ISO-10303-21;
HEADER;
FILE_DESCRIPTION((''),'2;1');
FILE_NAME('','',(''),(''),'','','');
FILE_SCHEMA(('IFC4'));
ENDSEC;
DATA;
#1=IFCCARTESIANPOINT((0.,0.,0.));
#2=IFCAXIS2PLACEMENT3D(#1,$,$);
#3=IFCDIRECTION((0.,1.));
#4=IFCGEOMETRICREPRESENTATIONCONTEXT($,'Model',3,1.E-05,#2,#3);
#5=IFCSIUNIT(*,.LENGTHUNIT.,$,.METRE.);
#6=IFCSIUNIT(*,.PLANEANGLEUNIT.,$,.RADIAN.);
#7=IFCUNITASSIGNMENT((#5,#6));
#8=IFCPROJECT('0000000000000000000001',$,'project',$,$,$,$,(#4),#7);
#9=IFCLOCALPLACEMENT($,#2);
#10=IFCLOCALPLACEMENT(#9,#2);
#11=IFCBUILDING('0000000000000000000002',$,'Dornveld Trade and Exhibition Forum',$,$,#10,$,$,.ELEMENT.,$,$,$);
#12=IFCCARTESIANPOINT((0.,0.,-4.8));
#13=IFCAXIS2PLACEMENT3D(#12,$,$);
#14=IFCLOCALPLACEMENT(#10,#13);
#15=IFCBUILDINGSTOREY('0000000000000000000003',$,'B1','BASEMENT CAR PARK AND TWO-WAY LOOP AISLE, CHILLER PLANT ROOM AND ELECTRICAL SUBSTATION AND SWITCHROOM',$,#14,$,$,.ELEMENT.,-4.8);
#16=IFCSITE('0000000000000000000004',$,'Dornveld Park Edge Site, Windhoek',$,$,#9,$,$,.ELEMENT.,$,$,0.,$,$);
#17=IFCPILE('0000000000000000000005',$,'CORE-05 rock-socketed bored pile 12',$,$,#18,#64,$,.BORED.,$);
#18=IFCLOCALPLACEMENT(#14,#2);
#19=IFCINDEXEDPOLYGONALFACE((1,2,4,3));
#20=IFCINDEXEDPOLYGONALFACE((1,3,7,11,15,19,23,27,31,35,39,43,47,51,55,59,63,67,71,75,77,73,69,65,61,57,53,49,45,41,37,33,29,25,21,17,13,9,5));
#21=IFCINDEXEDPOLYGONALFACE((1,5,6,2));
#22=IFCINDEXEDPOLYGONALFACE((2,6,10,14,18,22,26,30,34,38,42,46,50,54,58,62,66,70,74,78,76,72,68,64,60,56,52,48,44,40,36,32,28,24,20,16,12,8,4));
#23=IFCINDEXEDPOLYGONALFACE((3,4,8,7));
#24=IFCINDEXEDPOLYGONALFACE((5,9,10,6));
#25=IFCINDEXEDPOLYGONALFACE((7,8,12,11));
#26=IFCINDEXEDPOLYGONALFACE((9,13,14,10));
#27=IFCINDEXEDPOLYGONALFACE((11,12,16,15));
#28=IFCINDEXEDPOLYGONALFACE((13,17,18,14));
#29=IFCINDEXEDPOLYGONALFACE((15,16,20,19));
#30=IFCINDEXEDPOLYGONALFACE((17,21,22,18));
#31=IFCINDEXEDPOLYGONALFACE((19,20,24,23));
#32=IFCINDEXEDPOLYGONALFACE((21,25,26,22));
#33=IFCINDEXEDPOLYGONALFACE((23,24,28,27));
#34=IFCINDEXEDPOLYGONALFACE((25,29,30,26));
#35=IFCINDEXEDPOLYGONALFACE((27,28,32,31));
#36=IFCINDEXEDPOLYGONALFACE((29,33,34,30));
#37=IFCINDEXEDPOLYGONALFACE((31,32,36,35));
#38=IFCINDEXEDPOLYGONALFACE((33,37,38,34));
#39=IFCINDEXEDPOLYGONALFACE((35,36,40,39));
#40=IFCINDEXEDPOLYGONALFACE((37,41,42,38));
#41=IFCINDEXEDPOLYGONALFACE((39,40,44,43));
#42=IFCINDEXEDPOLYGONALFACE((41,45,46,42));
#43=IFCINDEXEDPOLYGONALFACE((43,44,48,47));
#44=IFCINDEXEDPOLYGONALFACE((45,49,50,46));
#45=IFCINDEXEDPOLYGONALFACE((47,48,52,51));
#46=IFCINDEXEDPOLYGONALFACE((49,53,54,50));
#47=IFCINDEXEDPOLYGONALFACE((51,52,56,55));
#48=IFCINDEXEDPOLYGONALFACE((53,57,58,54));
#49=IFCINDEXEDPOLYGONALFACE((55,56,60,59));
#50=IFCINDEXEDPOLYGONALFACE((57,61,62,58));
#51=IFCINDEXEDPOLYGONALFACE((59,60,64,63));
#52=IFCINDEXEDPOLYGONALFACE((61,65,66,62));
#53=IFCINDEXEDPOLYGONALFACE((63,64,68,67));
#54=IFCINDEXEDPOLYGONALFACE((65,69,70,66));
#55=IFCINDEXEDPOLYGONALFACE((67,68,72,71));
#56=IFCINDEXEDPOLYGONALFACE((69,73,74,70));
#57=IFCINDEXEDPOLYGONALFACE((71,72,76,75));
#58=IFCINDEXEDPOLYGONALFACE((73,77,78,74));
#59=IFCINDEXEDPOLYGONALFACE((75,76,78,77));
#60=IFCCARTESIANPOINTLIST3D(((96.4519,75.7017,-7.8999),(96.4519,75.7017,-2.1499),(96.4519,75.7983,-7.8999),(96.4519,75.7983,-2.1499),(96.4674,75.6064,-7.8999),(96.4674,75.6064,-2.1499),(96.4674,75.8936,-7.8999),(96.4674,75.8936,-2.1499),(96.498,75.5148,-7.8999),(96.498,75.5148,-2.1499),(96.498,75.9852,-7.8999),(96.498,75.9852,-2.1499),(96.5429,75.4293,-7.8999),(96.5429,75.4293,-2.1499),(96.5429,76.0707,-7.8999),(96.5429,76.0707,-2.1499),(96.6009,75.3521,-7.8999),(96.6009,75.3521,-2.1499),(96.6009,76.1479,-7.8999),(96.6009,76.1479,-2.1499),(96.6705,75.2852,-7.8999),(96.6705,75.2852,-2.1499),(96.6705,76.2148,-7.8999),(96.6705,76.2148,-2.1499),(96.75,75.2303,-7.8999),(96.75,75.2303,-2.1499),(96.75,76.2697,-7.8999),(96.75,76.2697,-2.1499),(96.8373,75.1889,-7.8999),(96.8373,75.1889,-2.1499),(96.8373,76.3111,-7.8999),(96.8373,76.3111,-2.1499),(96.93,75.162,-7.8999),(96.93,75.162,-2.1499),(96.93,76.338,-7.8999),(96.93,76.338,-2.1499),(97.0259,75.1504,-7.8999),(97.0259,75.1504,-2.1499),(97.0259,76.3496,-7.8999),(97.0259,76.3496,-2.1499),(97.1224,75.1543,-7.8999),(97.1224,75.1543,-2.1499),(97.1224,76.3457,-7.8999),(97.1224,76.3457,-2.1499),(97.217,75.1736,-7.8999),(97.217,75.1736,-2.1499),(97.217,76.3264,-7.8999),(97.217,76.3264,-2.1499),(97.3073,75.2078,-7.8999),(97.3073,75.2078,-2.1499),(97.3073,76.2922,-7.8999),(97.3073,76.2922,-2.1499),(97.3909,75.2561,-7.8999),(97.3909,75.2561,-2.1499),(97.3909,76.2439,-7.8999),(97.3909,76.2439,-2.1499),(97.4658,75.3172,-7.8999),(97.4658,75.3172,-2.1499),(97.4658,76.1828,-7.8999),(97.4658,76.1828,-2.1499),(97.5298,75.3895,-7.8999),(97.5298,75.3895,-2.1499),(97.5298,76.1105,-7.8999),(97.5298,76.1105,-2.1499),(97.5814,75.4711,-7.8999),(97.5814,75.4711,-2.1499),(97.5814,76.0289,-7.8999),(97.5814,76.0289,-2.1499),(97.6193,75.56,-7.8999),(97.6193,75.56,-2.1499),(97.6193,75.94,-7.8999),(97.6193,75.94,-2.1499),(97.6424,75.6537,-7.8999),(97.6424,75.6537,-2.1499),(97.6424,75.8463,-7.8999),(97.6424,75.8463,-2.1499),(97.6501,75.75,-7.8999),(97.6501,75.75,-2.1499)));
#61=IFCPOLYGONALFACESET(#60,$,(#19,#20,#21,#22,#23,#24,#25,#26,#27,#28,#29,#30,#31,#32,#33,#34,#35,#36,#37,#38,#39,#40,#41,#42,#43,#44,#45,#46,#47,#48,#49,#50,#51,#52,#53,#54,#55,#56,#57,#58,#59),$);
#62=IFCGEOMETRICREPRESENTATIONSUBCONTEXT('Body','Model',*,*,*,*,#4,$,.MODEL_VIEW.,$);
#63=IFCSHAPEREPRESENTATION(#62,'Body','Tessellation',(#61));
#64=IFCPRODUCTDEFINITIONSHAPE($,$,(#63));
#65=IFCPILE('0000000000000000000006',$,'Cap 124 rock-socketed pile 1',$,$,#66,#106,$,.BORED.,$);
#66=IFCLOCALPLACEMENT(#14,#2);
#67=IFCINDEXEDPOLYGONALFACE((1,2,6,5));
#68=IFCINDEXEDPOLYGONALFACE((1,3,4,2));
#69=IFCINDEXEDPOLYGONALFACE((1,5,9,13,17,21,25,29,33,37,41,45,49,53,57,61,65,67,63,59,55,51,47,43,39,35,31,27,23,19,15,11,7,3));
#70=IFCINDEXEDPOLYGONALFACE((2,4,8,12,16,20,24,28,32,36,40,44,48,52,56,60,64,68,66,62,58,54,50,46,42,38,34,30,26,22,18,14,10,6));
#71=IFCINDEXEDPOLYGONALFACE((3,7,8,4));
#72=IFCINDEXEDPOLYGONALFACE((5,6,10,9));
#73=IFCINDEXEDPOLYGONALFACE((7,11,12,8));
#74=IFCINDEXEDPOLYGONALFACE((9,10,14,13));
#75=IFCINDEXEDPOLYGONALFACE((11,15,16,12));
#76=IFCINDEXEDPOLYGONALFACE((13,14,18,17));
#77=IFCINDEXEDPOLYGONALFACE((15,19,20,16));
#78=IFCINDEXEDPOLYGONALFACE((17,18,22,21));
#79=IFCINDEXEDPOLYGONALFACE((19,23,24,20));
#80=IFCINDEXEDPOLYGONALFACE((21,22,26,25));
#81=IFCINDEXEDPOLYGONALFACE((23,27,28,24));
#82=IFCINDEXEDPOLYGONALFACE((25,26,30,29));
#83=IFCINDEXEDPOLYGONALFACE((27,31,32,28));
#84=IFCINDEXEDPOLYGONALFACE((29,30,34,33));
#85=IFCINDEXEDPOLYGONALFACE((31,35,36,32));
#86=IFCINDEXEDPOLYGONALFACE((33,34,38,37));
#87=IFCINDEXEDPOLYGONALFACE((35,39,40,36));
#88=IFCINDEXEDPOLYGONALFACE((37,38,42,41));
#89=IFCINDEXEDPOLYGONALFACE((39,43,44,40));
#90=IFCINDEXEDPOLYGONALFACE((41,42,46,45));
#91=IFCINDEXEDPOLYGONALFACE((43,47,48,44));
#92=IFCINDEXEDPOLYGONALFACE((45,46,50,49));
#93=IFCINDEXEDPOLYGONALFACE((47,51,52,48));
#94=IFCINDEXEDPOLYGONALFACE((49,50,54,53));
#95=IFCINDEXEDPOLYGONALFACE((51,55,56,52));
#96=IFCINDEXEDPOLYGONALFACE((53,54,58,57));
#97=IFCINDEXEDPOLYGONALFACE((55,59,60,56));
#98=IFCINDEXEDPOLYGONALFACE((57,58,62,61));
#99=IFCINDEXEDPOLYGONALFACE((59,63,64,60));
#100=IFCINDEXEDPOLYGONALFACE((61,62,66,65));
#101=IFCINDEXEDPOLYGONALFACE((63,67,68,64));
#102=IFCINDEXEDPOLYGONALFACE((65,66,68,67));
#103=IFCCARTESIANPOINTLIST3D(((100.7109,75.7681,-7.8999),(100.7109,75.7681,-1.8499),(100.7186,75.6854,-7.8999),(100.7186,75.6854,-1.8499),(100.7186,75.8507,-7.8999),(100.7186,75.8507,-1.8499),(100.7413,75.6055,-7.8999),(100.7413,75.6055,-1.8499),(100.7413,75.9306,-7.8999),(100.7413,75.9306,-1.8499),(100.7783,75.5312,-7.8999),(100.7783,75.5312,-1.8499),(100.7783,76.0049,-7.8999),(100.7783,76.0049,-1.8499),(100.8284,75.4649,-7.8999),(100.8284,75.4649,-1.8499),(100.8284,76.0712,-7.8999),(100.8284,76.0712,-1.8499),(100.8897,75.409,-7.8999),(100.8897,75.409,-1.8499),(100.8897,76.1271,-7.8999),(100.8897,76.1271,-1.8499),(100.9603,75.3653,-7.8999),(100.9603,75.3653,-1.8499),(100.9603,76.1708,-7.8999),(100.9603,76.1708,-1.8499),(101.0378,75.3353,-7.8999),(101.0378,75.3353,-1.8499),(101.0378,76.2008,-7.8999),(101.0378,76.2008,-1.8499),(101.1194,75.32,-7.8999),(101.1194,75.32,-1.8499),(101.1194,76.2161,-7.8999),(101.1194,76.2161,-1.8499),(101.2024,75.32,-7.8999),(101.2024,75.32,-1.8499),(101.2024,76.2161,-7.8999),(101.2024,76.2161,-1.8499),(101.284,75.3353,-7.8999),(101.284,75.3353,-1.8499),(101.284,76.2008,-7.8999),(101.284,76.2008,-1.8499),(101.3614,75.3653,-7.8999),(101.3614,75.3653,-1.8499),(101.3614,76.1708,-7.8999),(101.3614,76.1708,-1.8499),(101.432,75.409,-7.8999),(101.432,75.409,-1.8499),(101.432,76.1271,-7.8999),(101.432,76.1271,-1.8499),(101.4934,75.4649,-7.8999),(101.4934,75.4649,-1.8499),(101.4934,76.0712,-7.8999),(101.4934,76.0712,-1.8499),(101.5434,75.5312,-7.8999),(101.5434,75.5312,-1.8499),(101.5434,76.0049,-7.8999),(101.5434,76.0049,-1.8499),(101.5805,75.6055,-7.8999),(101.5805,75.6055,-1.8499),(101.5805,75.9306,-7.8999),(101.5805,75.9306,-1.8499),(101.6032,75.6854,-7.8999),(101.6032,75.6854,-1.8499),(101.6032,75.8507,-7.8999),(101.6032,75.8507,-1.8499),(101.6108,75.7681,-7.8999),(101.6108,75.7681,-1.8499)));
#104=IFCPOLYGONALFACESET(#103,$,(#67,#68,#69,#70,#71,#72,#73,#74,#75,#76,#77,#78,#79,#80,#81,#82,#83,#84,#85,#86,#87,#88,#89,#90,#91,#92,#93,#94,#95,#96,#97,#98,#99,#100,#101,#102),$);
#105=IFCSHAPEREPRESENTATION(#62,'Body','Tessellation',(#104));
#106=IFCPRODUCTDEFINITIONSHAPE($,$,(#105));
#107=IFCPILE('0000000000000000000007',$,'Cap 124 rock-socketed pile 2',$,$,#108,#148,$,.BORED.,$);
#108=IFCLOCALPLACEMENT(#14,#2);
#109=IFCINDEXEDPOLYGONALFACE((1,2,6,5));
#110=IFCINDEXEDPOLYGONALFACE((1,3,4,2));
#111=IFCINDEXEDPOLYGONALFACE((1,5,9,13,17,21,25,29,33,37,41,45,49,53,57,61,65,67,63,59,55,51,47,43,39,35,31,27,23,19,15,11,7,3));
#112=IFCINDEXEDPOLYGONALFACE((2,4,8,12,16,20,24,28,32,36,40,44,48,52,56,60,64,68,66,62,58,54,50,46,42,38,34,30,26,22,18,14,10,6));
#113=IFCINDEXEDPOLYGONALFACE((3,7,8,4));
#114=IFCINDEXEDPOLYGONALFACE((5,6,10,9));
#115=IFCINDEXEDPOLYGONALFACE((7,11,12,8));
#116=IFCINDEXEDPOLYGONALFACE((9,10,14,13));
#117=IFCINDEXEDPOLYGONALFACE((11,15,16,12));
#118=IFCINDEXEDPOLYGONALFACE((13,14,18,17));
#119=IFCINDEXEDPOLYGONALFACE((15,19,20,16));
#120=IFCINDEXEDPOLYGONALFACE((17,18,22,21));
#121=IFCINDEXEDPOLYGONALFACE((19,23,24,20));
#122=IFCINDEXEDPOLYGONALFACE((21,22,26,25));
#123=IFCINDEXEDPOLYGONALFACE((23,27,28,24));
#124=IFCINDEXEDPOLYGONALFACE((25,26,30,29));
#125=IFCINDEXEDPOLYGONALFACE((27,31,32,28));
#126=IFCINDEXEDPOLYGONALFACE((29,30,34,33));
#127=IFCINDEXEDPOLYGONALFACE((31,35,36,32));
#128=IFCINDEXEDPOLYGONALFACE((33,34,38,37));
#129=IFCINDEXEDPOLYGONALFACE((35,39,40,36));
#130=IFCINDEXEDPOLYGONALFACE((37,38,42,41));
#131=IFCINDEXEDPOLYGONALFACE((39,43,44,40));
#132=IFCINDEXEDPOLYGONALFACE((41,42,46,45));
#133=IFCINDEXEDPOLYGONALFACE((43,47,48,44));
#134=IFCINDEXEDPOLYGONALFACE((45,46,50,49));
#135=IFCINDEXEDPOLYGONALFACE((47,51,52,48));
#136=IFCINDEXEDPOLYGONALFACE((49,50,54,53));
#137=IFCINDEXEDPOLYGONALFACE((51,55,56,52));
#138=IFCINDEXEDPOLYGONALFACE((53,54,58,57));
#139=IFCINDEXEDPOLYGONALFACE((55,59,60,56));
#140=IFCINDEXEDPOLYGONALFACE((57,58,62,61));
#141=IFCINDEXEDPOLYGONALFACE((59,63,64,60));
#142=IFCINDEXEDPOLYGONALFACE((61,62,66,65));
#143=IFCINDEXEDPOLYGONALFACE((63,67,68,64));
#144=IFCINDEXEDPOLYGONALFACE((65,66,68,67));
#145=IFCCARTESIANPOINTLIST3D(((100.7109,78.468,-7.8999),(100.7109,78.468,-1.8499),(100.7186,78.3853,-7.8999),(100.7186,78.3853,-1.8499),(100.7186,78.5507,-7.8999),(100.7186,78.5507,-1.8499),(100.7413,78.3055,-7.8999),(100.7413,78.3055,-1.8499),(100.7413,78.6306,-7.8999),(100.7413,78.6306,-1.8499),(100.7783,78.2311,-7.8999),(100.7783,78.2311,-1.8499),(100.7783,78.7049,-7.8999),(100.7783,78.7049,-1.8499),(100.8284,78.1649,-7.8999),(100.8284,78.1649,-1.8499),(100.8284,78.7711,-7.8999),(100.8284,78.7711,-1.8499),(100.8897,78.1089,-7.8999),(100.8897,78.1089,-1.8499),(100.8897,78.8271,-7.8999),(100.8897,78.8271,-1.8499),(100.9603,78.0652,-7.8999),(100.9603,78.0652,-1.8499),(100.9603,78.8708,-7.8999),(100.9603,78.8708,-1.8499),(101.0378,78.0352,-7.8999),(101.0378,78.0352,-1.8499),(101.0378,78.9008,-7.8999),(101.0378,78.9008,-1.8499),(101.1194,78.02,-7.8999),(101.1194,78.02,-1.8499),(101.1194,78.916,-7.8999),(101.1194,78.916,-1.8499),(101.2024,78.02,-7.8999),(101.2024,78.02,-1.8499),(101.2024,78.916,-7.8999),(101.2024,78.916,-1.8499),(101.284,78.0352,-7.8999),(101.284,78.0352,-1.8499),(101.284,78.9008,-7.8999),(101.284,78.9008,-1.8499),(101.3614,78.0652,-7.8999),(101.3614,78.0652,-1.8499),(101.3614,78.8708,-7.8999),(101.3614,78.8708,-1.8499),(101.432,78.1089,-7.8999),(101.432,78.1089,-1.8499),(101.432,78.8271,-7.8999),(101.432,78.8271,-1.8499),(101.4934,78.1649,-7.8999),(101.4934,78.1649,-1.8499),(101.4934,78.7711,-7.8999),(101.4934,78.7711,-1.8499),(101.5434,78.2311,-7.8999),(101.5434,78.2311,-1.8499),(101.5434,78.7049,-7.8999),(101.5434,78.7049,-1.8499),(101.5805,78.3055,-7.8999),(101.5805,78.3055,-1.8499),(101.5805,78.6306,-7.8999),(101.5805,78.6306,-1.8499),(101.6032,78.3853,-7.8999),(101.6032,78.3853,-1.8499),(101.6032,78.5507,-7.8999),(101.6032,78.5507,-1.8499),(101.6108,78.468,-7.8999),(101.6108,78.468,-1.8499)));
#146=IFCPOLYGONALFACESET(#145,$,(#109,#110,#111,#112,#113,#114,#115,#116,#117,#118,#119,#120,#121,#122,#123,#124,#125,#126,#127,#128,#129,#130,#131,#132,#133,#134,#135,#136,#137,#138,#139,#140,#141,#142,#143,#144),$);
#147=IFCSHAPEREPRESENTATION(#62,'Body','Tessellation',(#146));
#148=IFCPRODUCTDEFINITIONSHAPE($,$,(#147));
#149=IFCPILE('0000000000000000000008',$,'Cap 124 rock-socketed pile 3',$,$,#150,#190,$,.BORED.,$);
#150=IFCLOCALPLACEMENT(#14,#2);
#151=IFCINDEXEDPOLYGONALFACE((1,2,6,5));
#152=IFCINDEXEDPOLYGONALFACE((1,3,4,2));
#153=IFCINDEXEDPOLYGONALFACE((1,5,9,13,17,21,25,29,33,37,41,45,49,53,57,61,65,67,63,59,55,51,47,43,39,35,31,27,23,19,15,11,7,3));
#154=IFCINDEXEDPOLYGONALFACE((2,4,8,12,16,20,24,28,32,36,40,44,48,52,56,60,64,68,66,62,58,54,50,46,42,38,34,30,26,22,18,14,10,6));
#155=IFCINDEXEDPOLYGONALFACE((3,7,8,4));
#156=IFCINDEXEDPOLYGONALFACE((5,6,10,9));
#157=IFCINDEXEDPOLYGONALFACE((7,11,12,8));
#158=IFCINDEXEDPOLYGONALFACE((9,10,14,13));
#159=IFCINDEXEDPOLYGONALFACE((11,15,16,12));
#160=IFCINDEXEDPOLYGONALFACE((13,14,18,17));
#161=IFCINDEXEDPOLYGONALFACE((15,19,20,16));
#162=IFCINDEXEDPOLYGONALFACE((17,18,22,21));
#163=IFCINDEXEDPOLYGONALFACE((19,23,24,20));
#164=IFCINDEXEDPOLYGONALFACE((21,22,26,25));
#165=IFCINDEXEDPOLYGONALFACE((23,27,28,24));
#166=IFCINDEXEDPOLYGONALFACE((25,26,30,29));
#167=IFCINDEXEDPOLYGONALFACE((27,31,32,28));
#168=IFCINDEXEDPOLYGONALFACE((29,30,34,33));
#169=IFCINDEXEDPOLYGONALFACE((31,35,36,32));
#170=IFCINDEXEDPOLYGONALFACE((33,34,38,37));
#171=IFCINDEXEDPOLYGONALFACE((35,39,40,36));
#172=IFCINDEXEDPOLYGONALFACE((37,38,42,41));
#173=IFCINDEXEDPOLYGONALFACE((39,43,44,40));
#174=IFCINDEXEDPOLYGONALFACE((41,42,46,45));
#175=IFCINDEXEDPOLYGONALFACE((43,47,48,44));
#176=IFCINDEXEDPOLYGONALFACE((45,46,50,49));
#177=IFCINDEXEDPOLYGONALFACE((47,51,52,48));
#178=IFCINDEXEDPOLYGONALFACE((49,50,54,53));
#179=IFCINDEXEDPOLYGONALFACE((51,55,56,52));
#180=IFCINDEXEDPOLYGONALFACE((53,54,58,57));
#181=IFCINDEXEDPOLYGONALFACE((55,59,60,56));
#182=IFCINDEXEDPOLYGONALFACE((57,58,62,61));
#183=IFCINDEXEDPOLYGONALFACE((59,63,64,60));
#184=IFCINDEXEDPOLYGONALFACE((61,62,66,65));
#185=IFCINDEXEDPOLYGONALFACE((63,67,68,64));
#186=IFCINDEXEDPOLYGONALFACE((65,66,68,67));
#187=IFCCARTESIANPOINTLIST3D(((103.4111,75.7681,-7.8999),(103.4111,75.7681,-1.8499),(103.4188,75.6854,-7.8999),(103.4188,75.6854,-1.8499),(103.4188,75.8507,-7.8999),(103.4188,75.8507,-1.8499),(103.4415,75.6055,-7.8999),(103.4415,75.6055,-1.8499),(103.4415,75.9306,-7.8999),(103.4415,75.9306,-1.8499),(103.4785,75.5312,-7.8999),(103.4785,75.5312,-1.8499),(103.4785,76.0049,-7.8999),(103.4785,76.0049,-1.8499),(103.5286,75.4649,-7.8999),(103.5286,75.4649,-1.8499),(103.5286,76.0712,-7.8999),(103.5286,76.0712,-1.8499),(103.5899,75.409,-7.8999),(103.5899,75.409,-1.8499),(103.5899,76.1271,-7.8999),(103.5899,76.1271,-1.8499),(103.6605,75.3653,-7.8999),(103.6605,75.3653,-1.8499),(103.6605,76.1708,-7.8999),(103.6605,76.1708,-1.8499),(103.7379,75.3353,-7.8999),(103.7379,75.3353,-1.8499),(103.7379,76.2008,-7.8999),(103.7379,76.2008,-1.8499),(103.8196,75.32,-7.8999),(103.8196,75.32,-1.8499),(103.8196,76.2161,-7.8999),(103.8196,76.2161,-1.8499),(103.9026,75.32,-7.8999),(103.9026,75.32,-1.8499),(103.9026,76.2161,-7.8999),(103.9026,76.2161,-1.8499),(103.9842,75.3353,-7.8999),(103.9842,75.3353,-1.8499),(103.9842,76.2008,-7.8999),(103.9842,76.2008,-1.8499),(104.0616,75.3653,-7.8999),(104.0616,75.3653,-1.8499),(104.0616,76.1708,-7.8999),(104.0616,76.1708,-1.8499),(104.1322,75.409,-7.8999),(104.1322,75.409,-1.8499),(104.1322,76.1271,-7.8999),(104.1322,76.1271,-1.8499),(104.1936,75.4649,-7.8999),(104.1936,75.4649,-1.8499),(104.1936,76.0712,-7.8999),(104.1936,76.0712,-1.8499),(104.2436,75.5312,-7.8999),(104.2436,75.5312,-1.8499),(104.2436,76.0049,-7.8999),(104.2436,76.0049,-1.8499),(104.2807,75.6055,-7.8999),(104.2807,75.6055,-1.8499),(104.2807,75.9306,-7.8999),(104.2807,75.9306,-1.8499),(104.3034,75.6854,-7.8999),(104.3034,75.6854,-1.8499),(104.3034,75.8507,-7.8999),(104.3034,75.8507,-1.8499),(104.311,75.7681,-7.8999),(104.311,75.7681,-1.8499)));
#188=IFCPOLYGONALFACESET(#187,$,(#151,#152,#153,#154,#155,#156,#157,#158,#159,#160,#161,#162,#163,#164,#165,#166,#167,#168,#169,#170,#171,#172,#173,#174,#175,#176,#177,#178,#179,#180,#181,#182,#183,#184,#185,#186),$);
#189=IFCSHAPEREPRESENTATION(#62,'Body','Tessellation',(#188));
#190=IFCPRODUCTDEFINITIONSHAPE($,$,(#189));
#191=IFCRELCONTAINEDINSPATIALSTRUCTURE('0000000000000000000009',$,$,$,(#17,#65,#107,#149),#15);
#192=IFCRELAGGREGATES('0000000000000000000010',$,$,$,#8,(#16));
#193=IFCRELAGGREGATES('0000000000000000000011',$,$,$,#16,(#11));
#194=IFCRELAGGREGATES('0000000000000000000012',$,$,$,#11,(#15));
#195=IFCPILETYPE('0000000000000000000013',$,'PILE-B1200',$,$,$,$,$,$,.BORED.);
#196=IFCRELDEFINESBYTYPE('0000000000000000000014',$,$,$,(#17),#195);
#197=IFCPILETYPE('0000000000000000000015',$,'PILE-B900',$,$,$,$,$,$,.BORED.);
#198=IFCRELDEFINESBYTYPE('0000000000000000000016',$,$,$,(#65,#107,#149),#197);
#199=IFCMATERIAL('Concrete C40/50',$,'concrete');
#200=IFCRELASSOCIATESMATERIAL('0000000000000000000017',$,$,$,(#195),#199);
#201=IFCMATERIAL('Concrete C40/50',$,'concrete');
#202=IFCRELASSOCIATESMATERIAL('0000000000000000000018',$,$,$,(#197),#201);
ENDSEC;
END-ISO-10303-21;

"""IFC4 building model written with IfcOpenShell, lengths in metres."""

from ifc_helpers import new_model, si_unit, direction, frame, origin, origin_2d, place, context, subcontext, project, spatial, circle, extrude, material, material_profile, profile_set, type_object, element, save


model = new_model("IFC4")

# Units and contexts
model_context = context("Model", 3, precision=1e-05, world=origin(), true_north=direction((0.0, 1.0)))
body_context = subcontext(model_context, "Body", "Model", "MODEL_VIEW")
ifc_project = project(units=[si_unit("LENGTHUNIT", "METRE"), si_unit("PLANEANGLEUNIT", "RADIAN")], contexts=[model_context])

# Site, building, storey
site_placement = place(None, origin())
site = spatial("IfcSite", under=ifc_project, at=site_placement, Name="Dornveld Park Edge Site, Windhoek", CompositionType="ELEMENT", RefElevation=0.0)
building_placement = place(site_placement, origin())
building = spatial("IfcBuilding", under=site, at=building_placement, Name="Dornveld Trade and Exhibition Forum", CompositionType="ELEMENT")
storey_placement = place(building_placement, frame((0.0, 0.0, -4.8)))
storey = spatial("IfcBuildingStorey", under=building, at=storey_placement, Name="B1", Description="BASEMENT CAR PARK AND TWO-WAY LOOP AISLE, CHILLER PLANT ROOM AND ELECTRICAL SUBSTATION AND SWITCHROOM", CompositionType="ELEMENT", Elevation=-4.8)

# Piles
ifc_material_1 = material(Name="Concrete C40/50", Category="concrete")
ifc_material_profile_1 = material_profile(ifc_material_1, circle(Radius=0.6001, at=origin_2d()), Name="PILE D1200")
ifc_profile_set_1 = profile_set([ifc_material_profile_1], Name="Concrete C40/50")
pile_type_1 = type_object("IfcPileType", Name="PILE-B1200", PredefinedType="BORED", material=ifc_profile_set_1)
for number, where, z_axis, x_axis, name in (
    (1, (97.05, 75.75, -2.1499), (0.0, 0.0, -1.0), (1.0, 0.0, 0.0), "CORE-05 rock-socketed bored pile 12"),
):
    element("IfcPile", number, at=place(storey_placement, frame(where, z_axis=z_axis, x_axis=x_axis)), inside=storey, type_object=pile_type_1, Name=name, PredefinedType="BORED", context=body_context, shape_type="SweptSolid", body=[
        extrude(circle(Radius=0.6001, at=origin_2d()), origin(), (0.0, 0.0, 1.0), 5.75),
    ])
ifc_material_2 = material(Name="Concrete C40/50", Category="concrete")
ifc_material_profile_2 = material_profile(ifc_material_2, circle(Radius=0.45, at=origin_2d()), Name="PILE D900")
ifc_profile_set_2 = profile_set([ifc_material_profile_2], Name="Concrete C40/50")
pile_type_2 = type_object("IfcPileType", Name="PILE-B900", PredefinedType="BORED", material=ifc_profile_set_2)
for number, where, z_axis, x_axis, name in (
    (2, (101.1609, 75.7681, -1.8499), (0.0, 0.0, -1.0), (1.0, 0.0, 0.0), "Cap 124 rock-socketed pile 1"),
    (3, (101.1609, 78.468, -1.8499), (0.0, 0.0, -1.0), (1.0, 0.0, 0.0), "Cap 124 rock-socketed pile 2"),
    (4, (103.8611, 75.7681, -1.8499), (0.0, 0.0, -1.0), (1.0, 0.0, 0.0), "Cap 124 rock-socketed pile 3"),
):
    element("IfcPile", number, at=place(storey_placement, frame(where, z_axis=z_axis, x_axis=x_axis)), inside=storey, type_object=pile_type_2, Name=name, PredefinedType="BORED", context=body_context, shape_type="SweptSolid", body=[
        extrude(circle(Radius=0.45, at=origin_2d()), origin(), (0.0, 0.0, 1.0), 6.05),
    ])

save(model, "model.ifc")
